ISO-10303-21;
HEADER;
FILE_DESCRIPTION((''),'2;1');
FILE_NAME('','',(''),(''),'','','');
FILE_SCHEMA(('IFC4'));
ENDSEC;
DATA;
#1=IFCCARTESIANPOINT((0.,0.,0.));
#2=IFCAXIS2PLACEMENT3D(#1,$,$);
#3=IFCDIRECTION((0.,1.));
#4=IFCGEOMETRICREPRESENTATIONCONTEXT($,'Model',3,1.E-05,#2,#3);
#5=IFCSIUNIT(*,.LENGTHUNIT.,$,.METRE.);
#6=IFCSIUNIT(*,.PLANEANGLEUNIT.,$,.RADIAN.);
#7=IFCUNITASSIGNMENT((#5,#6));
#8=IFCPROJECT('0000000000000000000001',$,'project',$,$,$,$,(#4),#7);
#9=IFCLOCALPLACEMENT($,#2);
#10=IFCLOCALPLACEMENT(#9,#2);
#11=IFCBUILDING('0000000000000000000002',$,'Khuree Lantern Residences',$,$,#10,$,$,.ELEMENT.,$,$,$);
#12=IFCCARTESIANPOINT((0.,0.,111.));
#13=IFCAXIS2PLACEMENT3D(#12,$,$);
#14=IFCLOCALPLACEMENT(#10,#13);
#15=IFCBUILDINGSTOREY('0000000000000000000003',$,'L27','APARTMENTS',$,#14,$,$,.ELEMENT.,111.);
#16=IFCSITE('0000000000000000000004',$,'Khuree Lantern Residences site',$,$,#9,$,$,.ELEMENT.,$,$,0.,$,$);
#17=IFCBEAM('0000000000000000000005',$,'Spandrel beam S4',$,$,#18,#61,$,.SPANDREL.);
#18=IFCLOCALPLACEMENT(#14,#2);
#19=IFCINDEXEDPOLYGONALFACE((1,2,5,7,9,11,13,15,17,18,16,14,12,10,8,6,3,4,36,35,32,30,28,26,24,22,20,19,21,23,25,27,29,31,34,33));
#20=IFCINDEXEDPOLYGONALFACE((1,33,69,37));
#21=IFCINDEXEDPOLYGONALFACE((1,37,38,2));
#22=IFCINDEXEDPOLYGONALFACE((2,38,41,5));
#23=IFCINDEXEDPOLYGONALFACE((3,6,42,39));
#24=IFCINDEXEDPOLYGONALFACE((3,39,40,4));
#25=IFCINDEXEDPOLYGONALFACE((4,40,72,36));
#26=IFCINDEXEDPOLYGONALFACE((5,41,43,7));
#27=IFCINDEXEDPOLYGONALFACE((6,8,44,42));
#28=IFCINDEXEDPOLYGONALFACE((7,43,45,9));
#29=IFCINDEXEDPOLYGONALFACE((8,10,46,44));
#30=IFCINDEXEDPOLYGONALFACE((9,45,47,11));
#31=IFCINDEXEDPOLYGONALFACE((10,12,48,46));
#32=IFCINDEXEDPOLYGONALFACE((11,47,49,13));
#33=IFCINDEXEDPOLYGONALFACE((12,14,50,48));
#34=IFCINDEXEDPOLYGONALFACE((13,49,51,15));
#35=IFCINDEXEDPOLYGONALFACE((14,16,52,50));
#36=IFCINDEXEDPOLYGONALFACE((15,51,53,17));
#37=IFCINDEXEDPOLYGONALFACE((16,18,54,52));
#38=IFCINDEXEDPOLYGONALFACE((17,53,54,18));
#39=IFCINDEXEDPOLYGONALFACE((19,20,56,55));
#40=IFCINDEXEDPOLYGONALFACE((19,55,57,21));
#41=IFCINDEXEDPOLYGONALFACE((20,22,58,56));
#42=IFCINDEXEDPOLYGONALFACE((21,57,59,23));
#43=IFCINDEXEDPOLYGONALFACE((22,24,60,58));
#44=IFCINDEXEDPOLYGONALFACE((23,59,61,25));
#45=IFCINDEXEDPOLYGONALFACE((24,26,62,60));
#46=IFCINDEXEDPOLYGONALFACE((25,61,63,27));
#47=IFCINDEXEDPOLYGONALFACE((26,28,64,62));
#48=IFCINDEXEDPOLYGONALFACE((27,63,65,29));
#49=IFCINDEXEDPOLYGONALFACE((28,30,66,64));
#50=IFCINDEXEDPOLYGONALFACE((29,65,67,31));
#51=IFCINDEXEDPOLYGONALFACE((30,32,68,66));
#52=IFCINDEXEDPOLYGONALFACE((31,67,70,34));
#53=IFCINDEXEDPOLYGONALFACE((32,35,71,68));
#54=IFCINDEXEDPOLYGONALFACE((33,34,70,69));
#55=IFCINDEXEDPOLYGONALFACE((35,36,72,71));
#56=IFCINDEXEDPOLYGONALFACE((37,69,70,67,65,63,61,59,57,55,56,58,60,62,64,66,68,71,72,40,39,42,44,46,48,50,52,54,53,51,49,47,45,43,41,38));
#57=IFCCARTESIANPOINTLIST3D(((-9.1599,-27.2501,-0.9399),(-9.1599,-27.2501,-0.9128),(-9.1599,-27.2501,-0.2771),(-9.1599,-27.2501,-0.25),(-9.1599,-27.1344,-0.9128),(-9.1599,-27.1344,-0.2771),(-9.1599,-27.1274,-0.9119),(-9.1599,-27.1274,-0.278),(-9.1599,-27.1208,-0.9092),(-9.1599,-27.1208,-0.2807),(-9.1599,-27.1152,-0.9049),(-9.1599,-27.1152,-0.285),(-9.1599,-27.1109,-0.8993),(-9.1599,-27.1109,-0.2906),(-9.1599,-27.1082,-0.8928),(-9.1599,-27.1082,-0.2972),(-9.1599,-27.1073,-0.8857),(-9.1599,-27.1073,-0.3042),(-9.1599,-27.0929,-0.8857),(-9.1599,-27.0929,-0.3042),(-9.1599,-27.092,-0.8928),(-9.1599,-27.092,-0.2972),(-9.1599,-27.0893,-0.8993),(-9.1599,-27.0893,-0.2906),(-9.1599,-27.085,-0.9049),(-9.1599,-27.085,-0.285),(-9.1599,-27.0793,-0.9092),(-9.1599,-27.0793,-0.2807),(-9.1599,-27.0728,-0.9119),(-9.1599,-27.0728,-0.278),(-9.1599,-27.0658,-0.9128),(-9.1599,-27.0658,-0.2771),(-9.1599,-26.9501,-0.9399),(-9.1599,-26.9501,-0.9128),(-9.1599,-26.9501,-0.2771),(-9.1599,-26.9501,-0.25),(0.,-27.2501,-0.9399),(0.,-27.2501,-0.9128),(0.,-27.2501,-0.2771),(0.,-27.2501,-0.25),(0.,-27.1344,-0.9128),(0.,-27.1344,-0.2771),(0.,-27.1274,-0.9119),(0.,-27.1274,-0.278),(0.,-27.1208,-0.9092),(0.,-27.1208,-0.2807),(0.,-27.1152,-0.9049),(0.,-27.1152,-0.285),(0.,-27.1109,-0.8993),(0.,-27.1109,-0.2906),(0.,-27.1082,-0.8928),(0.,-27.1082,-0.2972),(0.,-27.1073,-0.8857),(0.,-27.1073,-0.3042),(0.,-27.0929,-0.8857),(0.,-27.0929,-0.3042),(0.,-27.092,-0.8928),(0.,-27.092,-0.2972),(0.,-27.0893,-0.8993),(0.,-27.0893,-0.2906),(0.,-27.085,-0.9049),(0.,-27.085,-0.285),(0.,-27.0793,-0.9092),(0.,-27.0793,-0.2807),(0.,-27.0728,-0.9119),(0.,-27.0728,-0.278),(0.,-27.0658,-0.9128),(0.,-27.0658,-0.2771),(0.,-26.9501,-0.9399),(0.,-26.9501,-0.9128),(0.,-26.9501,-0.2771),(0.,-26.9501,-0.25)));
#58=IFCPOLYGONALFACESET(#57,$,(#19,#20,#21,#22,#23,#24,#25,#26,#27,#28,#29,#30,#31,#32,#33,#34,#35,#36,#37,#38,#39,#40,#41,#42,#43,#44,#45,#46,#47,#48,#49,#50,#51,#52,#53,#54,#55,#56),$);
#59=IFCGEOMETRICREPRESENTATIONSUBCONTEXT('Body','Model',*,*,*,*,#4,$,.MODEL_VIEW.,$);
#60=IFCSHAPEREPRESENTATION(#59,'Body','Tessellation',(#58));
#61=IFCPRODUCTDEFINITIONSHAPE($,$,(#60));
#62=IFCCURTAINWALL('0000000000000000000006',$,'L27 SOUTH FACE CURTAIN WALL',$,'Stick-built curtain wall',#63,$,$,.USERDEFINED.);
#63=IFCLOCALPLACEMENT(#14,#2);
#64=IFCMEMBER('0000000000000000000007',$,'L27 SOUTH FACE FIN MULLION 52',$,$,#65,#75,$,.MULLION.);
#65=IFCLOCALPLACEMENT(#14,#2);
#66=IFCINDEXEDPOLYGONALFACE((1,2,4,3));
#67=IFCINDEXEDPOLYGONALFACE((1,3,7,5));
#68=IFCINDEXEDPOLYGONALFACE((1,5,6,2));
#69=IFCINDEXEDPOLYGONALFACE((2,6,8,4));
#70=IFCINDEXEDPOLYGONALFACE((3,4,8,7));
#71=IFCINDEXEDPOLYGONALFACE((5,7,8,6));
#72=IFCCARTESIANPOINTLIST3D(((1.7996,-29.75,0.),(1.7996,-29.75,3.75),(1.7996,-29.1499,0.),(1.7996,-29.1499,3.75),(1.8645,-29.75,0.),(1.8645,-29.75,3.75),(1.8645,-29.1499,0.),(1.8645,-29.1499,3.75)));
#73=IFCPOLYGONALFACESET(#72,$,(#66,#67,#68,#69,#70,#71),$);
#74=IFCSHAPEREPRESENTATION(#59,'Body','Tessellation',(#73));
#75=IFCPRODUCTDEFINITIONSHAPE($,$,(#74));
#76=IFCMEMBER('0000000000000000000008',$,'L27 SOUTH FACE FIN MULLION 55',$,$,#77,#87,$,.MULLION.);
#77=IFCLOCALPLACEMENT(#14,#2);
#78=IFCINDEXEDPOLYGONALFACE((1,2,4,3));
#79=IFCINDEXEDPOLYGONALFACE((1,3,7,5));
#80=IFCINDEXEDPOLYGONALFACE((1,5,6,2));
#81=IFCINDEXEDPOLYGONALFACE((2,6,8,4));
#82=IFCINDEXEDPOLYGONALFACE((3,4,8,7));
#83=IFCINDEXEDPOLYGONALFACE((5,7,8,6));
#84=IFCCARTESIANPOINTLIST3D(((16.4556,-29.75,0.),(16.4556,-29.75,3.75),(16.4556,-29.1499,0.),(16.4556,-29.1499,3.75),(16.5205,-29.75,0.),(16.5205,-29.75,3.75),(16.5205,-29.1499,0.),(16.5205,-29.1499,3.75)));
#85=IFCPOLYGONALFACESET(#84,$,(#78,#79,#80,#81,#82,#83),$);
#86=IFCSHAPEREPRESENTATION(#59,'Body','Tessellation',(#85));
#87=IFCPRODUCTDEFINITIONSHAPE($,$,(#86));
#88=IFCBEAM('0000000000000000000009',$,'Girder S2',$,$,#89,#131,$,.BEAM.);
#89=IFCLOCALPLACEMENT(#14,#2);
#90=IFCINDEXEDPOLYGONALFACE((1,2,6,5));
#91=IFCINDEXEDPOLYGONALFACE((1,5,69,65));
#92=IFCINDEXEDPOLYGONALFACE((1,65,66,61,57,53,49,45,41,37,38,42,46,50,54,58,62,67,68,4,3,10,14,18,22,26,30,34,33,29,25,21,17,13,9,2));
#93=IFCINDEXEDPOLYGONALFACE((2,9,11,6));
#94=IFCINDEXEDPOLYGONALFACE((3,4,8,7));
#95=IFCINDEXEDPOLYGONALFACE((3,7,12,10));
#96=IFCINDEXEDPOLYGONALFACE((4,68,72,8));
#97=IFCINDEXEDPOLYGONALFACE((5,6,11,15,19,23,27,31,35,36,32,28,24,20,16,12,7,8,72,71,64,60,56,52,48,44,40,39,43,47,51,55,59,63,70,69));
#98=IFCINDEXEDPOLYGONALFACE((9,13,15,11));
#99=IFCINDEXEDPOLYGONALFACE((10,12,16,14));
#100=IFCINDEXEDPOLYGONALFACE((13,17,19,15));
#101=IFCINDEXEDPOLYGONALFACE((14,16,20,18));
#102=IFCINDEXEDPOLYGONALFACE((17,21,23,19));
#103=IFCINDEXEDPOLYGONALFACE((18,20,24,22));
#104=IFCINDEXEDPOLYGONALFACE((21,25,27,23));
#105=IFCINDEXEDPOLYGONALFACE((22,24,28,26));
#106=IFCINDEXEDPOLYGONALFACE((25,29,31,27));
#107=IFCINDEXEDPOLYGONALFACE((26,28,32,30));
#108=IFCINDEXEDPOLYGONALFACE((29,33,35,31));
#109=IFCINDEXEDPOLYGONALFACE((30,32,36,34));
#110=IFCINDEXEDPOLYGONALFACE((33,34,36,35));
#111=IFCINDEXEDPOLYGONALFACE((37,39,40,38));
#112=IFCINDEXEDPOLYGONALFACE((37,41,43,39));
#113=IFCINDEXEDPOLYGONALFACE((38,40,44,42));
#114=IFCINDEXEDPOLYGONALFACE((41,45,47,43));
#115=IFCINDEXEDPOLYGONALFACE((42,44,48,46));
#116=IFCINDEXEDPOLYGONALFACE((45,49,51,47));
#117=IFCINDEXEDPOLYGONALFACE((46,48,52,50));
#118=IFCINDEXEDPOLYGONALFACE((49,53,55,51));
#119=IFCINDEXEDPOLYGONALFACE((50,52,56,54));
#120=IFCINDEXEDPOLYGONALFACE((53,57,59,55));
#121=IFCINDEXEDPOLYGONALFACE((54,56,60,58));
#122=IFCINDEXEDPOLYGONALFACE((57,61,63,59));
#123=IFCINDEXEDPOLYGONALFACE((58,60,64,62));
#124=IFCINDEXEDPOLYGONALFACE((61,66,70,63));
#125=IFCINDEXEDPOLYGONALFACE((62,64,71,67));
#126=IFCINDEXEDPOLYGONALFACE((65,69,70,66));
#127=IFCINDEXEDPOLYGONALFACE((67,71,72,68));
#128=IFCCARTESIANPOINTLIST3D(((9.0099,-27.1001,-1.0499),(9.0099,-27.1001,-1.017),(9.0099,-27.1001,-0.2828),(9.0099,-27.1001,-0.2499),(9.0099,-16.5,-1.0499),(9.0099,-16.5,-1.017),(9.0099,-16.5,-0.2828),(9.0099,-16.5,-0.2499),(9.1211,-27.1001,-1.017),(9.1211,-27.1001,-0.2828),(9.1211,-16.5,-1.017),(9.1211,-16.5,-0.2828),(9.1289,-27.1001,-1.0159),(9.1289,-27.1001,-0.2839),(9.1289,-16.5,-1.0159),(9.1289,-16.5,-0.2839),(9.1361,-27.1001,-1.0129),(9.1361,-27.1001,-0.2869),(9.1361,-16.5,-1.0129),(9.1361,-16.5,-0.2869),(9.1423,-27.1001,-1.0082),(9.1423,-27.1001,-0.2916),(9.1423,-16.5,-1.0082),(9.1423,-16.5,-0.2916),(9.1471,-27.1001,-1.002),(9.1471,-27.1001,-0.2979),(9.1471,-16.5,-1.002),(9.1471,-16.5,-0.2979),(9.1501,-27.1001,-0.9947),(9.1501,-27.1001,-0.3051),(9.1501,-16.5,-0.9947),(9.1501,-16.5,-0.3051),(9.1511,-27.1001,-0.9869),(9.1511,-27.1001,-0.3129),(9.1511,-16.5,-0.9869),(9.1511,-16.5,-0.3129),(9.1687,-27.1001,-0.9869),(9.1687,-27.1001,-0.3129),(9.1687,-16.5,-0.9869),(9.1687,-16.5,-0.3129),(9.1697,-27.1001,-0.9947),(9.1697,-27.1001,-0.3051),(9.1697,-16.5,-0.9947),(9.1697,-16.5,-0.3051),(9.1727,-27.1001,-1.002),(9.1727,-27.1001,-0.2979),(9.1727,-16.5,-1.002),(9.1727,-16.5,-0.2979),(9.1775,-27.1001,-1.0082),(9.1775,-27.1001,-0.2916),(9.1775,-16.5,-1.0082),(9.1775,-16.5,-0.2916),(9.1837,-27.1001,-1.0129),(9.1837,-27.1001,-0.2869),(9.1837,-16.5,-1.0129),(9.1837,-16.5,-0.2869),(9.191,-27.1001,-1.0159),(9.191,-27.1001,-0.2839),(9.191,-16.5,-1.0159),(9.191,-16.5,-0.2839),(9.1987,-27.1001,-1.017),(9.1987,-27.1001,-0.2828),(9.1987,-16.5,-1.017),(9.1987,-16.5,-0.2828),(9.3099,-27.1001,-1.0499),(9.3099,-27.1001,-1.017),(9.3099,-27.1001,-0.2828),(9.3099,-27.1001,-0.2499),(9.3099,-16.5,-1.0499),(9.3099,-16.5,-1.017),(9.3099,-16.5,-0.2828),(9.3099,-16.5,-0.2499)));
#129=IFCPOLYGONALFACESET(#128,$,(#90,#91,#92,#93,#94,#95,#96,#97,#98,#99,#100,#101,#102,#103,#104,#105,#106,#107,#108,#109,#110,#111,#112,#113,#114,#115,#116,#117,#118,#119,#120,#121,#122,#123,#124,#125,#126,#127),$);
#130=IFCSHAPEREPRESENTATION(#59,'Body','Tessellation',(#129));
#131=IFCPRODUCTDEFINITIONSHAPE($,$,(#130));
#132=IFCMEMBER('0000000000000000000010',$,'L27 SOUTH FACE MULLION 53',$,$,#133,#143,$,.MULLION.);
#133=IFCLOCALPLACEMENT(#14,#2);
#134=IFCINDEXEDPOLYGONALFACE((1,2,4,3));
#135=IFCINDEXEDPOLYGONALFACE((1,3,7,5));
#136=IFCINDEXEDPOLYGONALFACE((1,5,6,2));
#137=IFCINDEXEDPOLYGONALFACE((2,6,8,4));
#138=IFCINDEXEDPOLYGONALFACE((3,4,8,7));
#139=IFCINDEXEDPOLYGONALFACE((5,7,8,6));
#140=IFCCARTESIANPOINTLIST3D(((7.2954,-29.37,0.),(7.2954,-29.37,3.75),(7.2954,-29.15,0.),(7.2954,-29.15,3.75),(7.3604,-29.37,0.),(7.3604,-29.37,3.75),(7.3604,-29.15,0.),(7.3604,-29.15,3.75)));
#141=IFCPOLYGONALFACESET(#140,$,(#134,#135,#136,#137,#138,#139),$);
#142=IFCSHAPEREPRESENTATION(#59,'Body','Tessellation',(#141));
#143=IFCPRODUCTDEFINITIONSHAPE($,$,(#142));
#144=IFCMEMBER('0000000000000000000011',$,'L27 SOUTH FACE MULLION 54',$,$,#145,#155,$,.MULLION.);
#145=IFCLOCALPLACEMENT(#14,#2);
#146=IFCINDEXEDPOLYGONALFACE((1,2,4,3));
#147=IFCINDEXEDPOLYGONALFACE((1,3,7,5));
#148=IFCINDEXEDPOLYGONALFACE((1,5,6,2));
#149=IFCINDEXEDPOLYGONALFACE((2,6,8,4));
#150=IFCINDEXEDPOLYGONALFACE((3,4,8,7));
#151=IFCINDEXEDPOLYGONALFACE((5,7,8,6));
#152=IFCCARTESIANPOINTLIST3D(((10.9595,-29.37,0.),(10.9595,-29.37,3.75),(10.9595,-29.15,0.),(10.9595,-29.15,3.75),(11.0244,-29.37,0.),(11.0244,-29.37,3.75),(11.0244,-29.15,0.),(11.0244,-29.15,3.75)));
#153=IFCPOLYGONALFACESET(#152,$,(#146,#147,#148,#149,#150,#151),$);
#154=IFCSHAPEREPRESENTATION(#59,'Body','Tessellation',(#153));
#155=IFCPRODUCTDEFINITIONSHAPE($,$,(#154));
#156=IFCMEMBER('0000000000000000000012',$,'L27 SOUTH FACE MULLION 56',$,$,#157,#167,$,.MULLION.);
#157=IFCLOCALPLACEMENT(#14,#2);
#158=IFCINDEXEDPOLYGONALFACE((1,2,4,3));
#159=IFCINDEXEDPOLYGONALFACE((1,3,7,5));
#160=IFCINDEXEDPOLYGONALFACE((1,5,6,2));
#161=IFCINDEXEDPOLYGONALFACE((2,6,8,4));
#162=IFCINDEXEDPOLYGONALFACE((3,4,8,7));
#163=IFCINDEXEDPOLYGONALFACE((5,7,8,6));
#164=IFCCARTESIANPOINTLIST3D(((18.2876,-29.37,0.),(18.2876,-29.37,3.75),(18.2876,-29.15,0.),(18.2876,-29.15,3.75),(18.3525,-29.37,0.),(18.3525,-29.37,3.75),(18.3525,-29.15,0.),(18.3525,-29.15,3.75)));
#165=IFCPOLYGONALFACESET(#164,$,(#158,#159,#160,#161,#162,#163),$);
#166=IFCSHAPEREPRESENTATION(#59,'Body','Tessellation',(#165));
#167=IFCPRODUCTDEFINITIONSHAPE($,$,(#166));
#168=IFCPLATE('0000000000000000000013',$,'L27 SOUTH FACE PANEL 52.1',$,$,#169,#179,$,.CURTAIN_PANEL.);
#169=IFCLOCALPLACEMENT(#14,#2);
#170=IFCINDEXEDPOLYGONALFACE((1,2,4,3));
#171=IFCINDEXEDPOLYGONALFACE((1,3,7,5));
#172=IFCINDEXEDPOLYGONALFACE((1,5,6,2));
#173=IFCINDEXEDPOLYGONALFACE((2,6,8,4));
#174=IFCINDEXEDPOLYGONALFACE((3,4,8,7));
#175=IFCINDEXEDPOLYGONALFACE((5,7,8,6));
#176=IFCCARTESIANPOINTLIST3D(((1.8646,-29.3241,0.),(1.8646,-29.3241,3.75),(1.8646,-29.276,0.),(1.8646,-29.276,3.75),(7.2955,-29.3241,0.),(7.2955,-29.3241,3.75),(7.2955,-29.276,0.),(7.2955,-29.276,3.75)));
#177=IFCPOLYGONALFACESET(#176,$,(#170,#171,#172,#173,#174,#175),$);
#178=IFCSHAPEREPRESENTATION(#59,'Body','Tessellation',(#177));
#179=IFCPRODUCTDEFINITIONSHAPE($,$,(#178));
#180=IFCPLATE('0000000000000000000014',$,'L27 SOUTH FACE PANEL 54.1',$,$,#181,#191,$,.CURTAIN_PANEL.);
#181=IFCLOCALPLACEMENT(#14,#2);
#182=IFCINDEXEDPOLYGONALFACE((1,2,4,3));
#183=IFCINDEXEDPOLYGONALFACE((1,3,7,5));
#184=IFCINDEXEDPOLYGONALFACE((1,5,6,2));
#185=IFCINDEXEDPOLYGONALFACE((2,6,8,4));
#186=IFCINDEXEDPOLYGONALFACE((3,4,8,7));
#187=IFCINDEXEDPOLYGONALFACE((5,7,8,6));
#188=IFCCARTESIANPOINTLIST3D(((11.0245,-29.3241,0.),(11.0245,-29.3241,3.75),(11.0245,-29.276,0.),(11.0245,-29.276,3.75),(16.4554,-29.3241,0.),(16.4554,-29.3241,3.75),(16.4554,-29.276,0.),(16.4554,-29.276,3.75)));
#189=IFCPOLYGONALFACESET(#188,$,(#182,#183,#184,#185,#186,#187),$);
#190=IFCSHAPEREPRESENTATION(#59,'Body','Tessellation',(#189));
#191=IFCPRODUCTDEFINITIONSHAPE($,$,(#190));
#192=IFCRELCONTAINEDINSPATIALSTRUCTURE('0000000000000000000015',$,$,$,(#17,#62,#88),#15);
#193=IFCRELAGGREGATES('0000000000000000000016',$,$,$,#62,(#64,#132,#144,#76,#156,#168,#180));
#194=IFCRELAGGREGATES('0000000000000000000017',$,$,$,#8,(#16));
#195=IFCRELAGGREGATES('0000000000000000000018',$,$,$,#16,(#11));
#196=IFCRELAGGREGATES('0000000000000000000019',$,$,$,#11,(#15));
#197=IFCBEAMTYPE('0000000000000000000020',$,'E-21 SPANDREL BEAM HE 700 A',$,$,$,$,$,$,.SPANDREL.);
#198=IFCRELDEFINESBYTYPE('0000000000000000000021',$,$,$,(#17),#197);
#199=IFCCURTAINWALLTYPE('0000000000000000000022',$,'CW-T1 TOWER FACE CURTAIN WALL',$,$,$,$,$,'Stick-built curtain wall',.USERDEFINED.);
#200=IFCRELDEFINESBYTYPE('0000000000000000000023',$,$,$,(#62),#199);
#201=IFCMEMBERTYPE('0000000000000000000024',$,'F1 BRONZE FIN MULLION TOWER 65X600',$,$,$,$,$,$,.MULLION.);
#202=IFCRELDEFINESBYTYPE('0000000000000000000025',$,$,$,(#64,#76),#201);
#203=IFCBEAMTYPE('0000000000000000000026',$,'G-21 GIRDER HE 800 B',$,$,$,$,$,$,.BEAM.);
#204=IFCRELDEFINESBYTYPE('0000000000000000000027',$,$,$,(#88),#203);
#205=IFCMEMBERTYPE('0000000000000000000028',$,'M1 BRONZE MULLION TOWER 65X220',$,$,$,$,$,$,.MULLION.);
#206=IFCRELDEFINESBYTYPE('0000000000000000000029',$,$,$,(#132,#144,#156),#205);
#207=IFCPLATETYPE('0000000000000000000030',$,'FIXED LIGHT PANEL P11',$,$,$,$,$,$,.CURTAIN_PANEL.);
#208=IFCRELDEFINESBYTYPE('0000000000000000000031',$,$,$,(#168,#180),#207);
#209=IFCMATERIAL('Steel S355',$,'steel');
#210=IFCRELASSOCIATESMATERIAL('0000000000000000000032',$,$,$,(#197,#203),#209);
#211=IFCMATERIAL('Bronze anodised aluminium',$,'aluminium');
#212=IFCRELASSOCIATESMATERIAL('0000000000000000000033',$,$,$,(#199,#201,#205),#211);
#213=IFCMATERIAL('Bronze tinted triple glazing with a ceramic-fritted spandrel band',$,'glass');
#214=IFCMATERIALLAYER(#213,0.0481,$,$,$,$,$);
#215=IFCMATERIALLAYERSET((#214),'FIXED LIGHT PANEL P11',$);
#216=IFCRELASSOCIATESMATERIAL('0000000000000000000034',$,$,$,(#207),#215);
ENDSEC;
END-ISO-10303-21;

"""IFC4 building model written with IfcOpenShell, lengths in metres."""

from ifc_helpers import new_model, si_unit, direction, frame, origin, origin_2d, place, context, subcontext, project, spatial, rectangle, i_section, extrude, material, layer, layer_set, material_profile, profile_set, type_object, element, aggregate, save


model = new_model("IFC4")

# Units and contexts
model_context = context("Model", 3, precision=1e-05, world=origin(), true_north=direction((0.0, 1.0)))
body_context = subcontext(model_context, "Body", "Model", "MODEL_VIEW")
ifc_project = project(units=[si_unit("LENGTHUNIT", "METRE"), si_unit("PLANEANGLEUNIT", "RADIAN")], contexts=[model_context])

# Site, building, storey
site_placement = place(None, origin())
site = spatial("IfcSite", under=ifc_project, at=site_placement, Name="Khuree Lantern Residences site", CompositionType="ELEMENT", RefElevation=0.0)
building_placement = place(site_placement, origin())
building = spatial("IfcBuilding", under=site, at=building_placement, Name="Khuree Lantern Residences", CompositionType="ELEMENT")
storey_placement = place(building_placement, frame((0.0, 0.0, 111.0)))
storey = spatial("IfcBuildingStorey", under=building, at=storey_placement, Name="L27", Description="APARTMENTS", CompositionType="ELEMENT", Elevation=111.0)

# Beam
ifc_material_1 = material(Name="Steel S355", Category="steel")
ifc_material_profile_1 = material_profile(ifc_material_1, i_section(OverallWidth=0.3, OverallDepth=0.6899, WebThickness=0.0144, FlangeThickness=0.0271, FilletRadius=0.0271, at=origin_2d()), Name="HE 700 A")
ifc_profile_set_1 = profile_set([ifc_material_profile_1], Name="Steel S355")
beam_type_1 = type_object("IfcBeamType", Name="E-21 SPANDREL BEAM HE 700 A", PredefinedType="SPANDREL", material=ifc_profile_set_1)
for number, where, z_axis, x_axis, name in (
    (1, (0.0, -27.1001, -0.595), (-1.0, 0.0, 0.0), (0.0, -1.0, 0.0), "Spandrel beam S4"),
):
    element("IfcBeam", number, at=place(storey_placement, frame(where, z_axis=z_axis, x_axis=x_axis)), inside=storey, type_object=beam_type_1, Name=name, PredefinedType="SPANDREL", context=body_context, shape_type="SweptSolid", body=[
        extrude(i_section(OverallWidth=0.3, OverallDepth=0.6899, WebThickness=0.0144, FlangeThickness=0.0271, FilletRadius=0.0271, at=origin_2d()), origin(), (0.0, 0.0, 1.0), 9.1599),
    ])

# Curtain wall, members
ifc_material_2 = material(Name="Bronze anodised aluminium", Category="aluminium")
curtain_wall_type = type_object("IfcCurtainWallType", Name="CW-T1 TOWER FACE CURTAIN WALL", ElementType="Stick-built curtain wall", PredefinedType="USERDEFINED", material=ifc_material_2)
curtain_wall_placement = place(storey_placement, origin())
curtain_wall = element("IfcCurtainWall", 2, at=curtain_wall_placement, inside=storey, type_object=curtain_wall_type, Name="L27 SOUTH FACE CURTAIN WALL", ObjectType="Stick-built curtain wall", PredefinedType="USERDEFINED")
ifc_material_profile_2 = material_profile(ifc_material_2, rectangle(XDim=0.0649, YDim=0.6001, at=origin_2d()), Name="F1 65X600")
ifc_profile_set_2 = profile_set([ifc_material_profile_2], Name="Bronze anodised aluminium")
member_type_1 = type_object("IfcMemberType", Name="F1 BRONZE FIN MULLION TOWER 65X600", PredefinedType="MULLION", material=ifc_profile_set_2)
member_1_placement = place(storey_placement, frame((1.832, -29.45, 0.0), z_axis=(0.0, 0.0, 1.0), x_axis=(1.0, 0.0, 0.0)))
member_1 = element("IfcMember", 3, at=member_1_placement, type_object=member_type_1, Name="L27 SOUTH FACE FIN MULLION 52", PredefinedType="MULLION", context=body_context, shape_type="SweptSolid", body=[
    extrude(rectangle(XDim=0.0649, YDim=0.6001, at=origin_2d()), origin(), (0.0, 0.0, 1.0), 3.75),
])
member_2_placement = place(storey_placement, frame((16.488, -29.45, 0.0), z_axis=(0.0, 0.0, 1.0), x_axis=(1.0, 0.0, 0.0)))
member_2 = element("IfcMember", 4, at=member_2_placement, type_object=member_type_1, Name="L27 SOUTH FACE FIN MULLION 55", PredefinedType="MULLION", context=body_context, shape_type="SweptSolid", body=[
    extrude(rectangle(XDim=0.0649, YDim=0.6001, at=origin_2d()), origin(), (0.0, 0.0, 1.0), 3.75),
])

# Beam
ifc_material_profile_3 = material_profile(ifc_material_1, i_section(OverallWidth=0.3, OverallDepth=0.8, WebThickness=0.0176, FlangeThickness=0.033, FilletRadius=0.03, at=origin_2d()), Name="HE 800 B")
ifc_profile_set_3 = profile_set([ifc_material_profile_3], Name="Steel S355")
beam_type_2 = type_object("IfcBeamType", Name="G-21 GIRDER HE 800 B", PredefinedType="BEAM", material=ifc_profile_set_3)
beam_placement = place(storey_placement, frame((9.1599, -27.1001, -0.6499), z_axis=(0.0, 1.0, 0.0), x_axis=(-1.0, 0.0, 0.0)))
element("IfcBeam", 5, at=beam_placement, inside=storey, type_object=beam_type_2, Name="Girder S2", PredefinedType="BEAM", context=body_context, shape_type="SweptSolid", body=[
    extrude(i_section(OverallWidth=0.3, OverallDepth=0.8, WebThickness=0.0176, FlangeThickness=0.033, FilletRadius=0.03, at=origin_2d()), origin(), (0.0, 0.0, 1.0), 10.6001),
])

# Members
ifc_material_profile_4 = material_profile(ifc_material_2, rectangle(XDim=0.0649, YDim=0.22, at=origin_2d()), Name="M1 65X220")
ifc_profile_set_4 = profile_set([ifc_material_profile_4], Name="Bronze anodised aluminium")
member_type_2 = type_object("IfcMemberType", Name="M1 BRONZE MULLION TOWER 65X220", PredefinedType="MULLION", material=ifc_profile_set_4)
member_3_placement = place(storey_placement, frame((7.3279, -29.26, 0.0), z_axis=(0.0, 0.0, 1.0), x_axis=(1.0, 0.0, 0.0)))
member_3 = element("IfcMember", 6, at=member_3_placement, type_object=member_type_2, Name="L27 SOUTH FACE MULLION 53", PredefinedType="MULLION", context=body_context, shape_type="SweptSolid", body=[
    extrude(rectangle(XDim=0.0649, YDim=0.22, at=origin_2d()), origin(), (0.0, 0.0, 1.0), 3.75),
])
member_4_placement = place(storey_placement, frame((10.9919, -29.26, 0.0), z_axis=(0.0, 0.0, 1.0), x_axis=(1.0, 0.0, 0.0)))
member_4 = element("IfcMember", 7, at=member_4_placement, type_object=member_type_2, Name="L27 SOUTH FACE MULLION 54", PredefinedType="MULLION", context=body_context, shape_type="SweptSolid", body=[
    extrude(rectangle(XDim=0.0649, YDim=0.22, at=origin_2d()), origin(), (0.0, 0.0, 1.0), 3.75),
])
member_5_placement = place(storey_placement, frame((18.3201, -29.26, 0.0), z_axis=(0.0, 0.0, 1.0), x_axis=(1.0, 0.0, 0.0)))
member_5 = element("IfcMember", 8, at=member_5_placement, type_object=member_type_2, Name="L27 SOUTH FACE MULLION 56", PredefinedType="MULLION", context=body_context, shape_type="SweptSolid", body=[
    extrude(rectangle(XDim=0.0649, YDim=0.22, at=origin_2d()), origin(), (0.0, 0.0, 1.0), 3.75),
])

# Plates
ifc_material_3 = material(Name="Bronze tinted triple glazing with a ceramic-fritted spandrel band", Category="glass")
ifc_layer_1 = layer(ifc_material_3, 0.0481)
ifc_layer_set_1 = layer_set([ifc_layer_1], Name="FIXED LIGHT PANEL P11")
plate_type_1 = type_object("IfcPlateType", Name="FIXED LIGHT PANEL P11", PredefinedType="CURTAIN_PANEL", material=ifc_layer_set_1)
plate_1_placement = place(storey_placement, frame((4.5801, -29.3, 0.0), z_axis=(0.0, 0.0, 1.0), x_axis=(1.0, 0.0, 0.0)))
plate_1 = element("IfcPlate", 9, at=plate_1_placement, type_object=plate_type_1, Name="L27 SOUTH FACE PANEL 52.1", PredefinedType="CURTAIN_PANEL", context=body_context, shape_type="SweptSolid", body=[
    extrude(rectangle(XDim=5.4309, YDim=0.0481, at=origin_2d()), origin(), (0.0, 0.0, 1.0), 3.75),
])
plate_2_placement = place(storey_placement, frame((13.74, -29.3, 0.0), z_axis=(0.0, 0.0, 1.0), x_axis=(1.0, 0.0, 0.0)))
plate_2 = element("IfcPlate", 10, at=plate_2_placement, type_object=plate_type_1, Name="L27 SOUTH FACE PANEL 54.1", PredefinedType="CURTAIN_PANEL", context=body_context, shape_type="SweptSolid", body=[
    extrude(rectangle(XDim=5.4309, YDim=0.0481, at=origin_2d()), origin(), (0.0, 0.0, 1.0), 3.75),
])
aggregate(curtain_wall, [member_1, member_3, member_4, member_2, member_5, plate_1, plate_2])

save(model, "model.ifc")
